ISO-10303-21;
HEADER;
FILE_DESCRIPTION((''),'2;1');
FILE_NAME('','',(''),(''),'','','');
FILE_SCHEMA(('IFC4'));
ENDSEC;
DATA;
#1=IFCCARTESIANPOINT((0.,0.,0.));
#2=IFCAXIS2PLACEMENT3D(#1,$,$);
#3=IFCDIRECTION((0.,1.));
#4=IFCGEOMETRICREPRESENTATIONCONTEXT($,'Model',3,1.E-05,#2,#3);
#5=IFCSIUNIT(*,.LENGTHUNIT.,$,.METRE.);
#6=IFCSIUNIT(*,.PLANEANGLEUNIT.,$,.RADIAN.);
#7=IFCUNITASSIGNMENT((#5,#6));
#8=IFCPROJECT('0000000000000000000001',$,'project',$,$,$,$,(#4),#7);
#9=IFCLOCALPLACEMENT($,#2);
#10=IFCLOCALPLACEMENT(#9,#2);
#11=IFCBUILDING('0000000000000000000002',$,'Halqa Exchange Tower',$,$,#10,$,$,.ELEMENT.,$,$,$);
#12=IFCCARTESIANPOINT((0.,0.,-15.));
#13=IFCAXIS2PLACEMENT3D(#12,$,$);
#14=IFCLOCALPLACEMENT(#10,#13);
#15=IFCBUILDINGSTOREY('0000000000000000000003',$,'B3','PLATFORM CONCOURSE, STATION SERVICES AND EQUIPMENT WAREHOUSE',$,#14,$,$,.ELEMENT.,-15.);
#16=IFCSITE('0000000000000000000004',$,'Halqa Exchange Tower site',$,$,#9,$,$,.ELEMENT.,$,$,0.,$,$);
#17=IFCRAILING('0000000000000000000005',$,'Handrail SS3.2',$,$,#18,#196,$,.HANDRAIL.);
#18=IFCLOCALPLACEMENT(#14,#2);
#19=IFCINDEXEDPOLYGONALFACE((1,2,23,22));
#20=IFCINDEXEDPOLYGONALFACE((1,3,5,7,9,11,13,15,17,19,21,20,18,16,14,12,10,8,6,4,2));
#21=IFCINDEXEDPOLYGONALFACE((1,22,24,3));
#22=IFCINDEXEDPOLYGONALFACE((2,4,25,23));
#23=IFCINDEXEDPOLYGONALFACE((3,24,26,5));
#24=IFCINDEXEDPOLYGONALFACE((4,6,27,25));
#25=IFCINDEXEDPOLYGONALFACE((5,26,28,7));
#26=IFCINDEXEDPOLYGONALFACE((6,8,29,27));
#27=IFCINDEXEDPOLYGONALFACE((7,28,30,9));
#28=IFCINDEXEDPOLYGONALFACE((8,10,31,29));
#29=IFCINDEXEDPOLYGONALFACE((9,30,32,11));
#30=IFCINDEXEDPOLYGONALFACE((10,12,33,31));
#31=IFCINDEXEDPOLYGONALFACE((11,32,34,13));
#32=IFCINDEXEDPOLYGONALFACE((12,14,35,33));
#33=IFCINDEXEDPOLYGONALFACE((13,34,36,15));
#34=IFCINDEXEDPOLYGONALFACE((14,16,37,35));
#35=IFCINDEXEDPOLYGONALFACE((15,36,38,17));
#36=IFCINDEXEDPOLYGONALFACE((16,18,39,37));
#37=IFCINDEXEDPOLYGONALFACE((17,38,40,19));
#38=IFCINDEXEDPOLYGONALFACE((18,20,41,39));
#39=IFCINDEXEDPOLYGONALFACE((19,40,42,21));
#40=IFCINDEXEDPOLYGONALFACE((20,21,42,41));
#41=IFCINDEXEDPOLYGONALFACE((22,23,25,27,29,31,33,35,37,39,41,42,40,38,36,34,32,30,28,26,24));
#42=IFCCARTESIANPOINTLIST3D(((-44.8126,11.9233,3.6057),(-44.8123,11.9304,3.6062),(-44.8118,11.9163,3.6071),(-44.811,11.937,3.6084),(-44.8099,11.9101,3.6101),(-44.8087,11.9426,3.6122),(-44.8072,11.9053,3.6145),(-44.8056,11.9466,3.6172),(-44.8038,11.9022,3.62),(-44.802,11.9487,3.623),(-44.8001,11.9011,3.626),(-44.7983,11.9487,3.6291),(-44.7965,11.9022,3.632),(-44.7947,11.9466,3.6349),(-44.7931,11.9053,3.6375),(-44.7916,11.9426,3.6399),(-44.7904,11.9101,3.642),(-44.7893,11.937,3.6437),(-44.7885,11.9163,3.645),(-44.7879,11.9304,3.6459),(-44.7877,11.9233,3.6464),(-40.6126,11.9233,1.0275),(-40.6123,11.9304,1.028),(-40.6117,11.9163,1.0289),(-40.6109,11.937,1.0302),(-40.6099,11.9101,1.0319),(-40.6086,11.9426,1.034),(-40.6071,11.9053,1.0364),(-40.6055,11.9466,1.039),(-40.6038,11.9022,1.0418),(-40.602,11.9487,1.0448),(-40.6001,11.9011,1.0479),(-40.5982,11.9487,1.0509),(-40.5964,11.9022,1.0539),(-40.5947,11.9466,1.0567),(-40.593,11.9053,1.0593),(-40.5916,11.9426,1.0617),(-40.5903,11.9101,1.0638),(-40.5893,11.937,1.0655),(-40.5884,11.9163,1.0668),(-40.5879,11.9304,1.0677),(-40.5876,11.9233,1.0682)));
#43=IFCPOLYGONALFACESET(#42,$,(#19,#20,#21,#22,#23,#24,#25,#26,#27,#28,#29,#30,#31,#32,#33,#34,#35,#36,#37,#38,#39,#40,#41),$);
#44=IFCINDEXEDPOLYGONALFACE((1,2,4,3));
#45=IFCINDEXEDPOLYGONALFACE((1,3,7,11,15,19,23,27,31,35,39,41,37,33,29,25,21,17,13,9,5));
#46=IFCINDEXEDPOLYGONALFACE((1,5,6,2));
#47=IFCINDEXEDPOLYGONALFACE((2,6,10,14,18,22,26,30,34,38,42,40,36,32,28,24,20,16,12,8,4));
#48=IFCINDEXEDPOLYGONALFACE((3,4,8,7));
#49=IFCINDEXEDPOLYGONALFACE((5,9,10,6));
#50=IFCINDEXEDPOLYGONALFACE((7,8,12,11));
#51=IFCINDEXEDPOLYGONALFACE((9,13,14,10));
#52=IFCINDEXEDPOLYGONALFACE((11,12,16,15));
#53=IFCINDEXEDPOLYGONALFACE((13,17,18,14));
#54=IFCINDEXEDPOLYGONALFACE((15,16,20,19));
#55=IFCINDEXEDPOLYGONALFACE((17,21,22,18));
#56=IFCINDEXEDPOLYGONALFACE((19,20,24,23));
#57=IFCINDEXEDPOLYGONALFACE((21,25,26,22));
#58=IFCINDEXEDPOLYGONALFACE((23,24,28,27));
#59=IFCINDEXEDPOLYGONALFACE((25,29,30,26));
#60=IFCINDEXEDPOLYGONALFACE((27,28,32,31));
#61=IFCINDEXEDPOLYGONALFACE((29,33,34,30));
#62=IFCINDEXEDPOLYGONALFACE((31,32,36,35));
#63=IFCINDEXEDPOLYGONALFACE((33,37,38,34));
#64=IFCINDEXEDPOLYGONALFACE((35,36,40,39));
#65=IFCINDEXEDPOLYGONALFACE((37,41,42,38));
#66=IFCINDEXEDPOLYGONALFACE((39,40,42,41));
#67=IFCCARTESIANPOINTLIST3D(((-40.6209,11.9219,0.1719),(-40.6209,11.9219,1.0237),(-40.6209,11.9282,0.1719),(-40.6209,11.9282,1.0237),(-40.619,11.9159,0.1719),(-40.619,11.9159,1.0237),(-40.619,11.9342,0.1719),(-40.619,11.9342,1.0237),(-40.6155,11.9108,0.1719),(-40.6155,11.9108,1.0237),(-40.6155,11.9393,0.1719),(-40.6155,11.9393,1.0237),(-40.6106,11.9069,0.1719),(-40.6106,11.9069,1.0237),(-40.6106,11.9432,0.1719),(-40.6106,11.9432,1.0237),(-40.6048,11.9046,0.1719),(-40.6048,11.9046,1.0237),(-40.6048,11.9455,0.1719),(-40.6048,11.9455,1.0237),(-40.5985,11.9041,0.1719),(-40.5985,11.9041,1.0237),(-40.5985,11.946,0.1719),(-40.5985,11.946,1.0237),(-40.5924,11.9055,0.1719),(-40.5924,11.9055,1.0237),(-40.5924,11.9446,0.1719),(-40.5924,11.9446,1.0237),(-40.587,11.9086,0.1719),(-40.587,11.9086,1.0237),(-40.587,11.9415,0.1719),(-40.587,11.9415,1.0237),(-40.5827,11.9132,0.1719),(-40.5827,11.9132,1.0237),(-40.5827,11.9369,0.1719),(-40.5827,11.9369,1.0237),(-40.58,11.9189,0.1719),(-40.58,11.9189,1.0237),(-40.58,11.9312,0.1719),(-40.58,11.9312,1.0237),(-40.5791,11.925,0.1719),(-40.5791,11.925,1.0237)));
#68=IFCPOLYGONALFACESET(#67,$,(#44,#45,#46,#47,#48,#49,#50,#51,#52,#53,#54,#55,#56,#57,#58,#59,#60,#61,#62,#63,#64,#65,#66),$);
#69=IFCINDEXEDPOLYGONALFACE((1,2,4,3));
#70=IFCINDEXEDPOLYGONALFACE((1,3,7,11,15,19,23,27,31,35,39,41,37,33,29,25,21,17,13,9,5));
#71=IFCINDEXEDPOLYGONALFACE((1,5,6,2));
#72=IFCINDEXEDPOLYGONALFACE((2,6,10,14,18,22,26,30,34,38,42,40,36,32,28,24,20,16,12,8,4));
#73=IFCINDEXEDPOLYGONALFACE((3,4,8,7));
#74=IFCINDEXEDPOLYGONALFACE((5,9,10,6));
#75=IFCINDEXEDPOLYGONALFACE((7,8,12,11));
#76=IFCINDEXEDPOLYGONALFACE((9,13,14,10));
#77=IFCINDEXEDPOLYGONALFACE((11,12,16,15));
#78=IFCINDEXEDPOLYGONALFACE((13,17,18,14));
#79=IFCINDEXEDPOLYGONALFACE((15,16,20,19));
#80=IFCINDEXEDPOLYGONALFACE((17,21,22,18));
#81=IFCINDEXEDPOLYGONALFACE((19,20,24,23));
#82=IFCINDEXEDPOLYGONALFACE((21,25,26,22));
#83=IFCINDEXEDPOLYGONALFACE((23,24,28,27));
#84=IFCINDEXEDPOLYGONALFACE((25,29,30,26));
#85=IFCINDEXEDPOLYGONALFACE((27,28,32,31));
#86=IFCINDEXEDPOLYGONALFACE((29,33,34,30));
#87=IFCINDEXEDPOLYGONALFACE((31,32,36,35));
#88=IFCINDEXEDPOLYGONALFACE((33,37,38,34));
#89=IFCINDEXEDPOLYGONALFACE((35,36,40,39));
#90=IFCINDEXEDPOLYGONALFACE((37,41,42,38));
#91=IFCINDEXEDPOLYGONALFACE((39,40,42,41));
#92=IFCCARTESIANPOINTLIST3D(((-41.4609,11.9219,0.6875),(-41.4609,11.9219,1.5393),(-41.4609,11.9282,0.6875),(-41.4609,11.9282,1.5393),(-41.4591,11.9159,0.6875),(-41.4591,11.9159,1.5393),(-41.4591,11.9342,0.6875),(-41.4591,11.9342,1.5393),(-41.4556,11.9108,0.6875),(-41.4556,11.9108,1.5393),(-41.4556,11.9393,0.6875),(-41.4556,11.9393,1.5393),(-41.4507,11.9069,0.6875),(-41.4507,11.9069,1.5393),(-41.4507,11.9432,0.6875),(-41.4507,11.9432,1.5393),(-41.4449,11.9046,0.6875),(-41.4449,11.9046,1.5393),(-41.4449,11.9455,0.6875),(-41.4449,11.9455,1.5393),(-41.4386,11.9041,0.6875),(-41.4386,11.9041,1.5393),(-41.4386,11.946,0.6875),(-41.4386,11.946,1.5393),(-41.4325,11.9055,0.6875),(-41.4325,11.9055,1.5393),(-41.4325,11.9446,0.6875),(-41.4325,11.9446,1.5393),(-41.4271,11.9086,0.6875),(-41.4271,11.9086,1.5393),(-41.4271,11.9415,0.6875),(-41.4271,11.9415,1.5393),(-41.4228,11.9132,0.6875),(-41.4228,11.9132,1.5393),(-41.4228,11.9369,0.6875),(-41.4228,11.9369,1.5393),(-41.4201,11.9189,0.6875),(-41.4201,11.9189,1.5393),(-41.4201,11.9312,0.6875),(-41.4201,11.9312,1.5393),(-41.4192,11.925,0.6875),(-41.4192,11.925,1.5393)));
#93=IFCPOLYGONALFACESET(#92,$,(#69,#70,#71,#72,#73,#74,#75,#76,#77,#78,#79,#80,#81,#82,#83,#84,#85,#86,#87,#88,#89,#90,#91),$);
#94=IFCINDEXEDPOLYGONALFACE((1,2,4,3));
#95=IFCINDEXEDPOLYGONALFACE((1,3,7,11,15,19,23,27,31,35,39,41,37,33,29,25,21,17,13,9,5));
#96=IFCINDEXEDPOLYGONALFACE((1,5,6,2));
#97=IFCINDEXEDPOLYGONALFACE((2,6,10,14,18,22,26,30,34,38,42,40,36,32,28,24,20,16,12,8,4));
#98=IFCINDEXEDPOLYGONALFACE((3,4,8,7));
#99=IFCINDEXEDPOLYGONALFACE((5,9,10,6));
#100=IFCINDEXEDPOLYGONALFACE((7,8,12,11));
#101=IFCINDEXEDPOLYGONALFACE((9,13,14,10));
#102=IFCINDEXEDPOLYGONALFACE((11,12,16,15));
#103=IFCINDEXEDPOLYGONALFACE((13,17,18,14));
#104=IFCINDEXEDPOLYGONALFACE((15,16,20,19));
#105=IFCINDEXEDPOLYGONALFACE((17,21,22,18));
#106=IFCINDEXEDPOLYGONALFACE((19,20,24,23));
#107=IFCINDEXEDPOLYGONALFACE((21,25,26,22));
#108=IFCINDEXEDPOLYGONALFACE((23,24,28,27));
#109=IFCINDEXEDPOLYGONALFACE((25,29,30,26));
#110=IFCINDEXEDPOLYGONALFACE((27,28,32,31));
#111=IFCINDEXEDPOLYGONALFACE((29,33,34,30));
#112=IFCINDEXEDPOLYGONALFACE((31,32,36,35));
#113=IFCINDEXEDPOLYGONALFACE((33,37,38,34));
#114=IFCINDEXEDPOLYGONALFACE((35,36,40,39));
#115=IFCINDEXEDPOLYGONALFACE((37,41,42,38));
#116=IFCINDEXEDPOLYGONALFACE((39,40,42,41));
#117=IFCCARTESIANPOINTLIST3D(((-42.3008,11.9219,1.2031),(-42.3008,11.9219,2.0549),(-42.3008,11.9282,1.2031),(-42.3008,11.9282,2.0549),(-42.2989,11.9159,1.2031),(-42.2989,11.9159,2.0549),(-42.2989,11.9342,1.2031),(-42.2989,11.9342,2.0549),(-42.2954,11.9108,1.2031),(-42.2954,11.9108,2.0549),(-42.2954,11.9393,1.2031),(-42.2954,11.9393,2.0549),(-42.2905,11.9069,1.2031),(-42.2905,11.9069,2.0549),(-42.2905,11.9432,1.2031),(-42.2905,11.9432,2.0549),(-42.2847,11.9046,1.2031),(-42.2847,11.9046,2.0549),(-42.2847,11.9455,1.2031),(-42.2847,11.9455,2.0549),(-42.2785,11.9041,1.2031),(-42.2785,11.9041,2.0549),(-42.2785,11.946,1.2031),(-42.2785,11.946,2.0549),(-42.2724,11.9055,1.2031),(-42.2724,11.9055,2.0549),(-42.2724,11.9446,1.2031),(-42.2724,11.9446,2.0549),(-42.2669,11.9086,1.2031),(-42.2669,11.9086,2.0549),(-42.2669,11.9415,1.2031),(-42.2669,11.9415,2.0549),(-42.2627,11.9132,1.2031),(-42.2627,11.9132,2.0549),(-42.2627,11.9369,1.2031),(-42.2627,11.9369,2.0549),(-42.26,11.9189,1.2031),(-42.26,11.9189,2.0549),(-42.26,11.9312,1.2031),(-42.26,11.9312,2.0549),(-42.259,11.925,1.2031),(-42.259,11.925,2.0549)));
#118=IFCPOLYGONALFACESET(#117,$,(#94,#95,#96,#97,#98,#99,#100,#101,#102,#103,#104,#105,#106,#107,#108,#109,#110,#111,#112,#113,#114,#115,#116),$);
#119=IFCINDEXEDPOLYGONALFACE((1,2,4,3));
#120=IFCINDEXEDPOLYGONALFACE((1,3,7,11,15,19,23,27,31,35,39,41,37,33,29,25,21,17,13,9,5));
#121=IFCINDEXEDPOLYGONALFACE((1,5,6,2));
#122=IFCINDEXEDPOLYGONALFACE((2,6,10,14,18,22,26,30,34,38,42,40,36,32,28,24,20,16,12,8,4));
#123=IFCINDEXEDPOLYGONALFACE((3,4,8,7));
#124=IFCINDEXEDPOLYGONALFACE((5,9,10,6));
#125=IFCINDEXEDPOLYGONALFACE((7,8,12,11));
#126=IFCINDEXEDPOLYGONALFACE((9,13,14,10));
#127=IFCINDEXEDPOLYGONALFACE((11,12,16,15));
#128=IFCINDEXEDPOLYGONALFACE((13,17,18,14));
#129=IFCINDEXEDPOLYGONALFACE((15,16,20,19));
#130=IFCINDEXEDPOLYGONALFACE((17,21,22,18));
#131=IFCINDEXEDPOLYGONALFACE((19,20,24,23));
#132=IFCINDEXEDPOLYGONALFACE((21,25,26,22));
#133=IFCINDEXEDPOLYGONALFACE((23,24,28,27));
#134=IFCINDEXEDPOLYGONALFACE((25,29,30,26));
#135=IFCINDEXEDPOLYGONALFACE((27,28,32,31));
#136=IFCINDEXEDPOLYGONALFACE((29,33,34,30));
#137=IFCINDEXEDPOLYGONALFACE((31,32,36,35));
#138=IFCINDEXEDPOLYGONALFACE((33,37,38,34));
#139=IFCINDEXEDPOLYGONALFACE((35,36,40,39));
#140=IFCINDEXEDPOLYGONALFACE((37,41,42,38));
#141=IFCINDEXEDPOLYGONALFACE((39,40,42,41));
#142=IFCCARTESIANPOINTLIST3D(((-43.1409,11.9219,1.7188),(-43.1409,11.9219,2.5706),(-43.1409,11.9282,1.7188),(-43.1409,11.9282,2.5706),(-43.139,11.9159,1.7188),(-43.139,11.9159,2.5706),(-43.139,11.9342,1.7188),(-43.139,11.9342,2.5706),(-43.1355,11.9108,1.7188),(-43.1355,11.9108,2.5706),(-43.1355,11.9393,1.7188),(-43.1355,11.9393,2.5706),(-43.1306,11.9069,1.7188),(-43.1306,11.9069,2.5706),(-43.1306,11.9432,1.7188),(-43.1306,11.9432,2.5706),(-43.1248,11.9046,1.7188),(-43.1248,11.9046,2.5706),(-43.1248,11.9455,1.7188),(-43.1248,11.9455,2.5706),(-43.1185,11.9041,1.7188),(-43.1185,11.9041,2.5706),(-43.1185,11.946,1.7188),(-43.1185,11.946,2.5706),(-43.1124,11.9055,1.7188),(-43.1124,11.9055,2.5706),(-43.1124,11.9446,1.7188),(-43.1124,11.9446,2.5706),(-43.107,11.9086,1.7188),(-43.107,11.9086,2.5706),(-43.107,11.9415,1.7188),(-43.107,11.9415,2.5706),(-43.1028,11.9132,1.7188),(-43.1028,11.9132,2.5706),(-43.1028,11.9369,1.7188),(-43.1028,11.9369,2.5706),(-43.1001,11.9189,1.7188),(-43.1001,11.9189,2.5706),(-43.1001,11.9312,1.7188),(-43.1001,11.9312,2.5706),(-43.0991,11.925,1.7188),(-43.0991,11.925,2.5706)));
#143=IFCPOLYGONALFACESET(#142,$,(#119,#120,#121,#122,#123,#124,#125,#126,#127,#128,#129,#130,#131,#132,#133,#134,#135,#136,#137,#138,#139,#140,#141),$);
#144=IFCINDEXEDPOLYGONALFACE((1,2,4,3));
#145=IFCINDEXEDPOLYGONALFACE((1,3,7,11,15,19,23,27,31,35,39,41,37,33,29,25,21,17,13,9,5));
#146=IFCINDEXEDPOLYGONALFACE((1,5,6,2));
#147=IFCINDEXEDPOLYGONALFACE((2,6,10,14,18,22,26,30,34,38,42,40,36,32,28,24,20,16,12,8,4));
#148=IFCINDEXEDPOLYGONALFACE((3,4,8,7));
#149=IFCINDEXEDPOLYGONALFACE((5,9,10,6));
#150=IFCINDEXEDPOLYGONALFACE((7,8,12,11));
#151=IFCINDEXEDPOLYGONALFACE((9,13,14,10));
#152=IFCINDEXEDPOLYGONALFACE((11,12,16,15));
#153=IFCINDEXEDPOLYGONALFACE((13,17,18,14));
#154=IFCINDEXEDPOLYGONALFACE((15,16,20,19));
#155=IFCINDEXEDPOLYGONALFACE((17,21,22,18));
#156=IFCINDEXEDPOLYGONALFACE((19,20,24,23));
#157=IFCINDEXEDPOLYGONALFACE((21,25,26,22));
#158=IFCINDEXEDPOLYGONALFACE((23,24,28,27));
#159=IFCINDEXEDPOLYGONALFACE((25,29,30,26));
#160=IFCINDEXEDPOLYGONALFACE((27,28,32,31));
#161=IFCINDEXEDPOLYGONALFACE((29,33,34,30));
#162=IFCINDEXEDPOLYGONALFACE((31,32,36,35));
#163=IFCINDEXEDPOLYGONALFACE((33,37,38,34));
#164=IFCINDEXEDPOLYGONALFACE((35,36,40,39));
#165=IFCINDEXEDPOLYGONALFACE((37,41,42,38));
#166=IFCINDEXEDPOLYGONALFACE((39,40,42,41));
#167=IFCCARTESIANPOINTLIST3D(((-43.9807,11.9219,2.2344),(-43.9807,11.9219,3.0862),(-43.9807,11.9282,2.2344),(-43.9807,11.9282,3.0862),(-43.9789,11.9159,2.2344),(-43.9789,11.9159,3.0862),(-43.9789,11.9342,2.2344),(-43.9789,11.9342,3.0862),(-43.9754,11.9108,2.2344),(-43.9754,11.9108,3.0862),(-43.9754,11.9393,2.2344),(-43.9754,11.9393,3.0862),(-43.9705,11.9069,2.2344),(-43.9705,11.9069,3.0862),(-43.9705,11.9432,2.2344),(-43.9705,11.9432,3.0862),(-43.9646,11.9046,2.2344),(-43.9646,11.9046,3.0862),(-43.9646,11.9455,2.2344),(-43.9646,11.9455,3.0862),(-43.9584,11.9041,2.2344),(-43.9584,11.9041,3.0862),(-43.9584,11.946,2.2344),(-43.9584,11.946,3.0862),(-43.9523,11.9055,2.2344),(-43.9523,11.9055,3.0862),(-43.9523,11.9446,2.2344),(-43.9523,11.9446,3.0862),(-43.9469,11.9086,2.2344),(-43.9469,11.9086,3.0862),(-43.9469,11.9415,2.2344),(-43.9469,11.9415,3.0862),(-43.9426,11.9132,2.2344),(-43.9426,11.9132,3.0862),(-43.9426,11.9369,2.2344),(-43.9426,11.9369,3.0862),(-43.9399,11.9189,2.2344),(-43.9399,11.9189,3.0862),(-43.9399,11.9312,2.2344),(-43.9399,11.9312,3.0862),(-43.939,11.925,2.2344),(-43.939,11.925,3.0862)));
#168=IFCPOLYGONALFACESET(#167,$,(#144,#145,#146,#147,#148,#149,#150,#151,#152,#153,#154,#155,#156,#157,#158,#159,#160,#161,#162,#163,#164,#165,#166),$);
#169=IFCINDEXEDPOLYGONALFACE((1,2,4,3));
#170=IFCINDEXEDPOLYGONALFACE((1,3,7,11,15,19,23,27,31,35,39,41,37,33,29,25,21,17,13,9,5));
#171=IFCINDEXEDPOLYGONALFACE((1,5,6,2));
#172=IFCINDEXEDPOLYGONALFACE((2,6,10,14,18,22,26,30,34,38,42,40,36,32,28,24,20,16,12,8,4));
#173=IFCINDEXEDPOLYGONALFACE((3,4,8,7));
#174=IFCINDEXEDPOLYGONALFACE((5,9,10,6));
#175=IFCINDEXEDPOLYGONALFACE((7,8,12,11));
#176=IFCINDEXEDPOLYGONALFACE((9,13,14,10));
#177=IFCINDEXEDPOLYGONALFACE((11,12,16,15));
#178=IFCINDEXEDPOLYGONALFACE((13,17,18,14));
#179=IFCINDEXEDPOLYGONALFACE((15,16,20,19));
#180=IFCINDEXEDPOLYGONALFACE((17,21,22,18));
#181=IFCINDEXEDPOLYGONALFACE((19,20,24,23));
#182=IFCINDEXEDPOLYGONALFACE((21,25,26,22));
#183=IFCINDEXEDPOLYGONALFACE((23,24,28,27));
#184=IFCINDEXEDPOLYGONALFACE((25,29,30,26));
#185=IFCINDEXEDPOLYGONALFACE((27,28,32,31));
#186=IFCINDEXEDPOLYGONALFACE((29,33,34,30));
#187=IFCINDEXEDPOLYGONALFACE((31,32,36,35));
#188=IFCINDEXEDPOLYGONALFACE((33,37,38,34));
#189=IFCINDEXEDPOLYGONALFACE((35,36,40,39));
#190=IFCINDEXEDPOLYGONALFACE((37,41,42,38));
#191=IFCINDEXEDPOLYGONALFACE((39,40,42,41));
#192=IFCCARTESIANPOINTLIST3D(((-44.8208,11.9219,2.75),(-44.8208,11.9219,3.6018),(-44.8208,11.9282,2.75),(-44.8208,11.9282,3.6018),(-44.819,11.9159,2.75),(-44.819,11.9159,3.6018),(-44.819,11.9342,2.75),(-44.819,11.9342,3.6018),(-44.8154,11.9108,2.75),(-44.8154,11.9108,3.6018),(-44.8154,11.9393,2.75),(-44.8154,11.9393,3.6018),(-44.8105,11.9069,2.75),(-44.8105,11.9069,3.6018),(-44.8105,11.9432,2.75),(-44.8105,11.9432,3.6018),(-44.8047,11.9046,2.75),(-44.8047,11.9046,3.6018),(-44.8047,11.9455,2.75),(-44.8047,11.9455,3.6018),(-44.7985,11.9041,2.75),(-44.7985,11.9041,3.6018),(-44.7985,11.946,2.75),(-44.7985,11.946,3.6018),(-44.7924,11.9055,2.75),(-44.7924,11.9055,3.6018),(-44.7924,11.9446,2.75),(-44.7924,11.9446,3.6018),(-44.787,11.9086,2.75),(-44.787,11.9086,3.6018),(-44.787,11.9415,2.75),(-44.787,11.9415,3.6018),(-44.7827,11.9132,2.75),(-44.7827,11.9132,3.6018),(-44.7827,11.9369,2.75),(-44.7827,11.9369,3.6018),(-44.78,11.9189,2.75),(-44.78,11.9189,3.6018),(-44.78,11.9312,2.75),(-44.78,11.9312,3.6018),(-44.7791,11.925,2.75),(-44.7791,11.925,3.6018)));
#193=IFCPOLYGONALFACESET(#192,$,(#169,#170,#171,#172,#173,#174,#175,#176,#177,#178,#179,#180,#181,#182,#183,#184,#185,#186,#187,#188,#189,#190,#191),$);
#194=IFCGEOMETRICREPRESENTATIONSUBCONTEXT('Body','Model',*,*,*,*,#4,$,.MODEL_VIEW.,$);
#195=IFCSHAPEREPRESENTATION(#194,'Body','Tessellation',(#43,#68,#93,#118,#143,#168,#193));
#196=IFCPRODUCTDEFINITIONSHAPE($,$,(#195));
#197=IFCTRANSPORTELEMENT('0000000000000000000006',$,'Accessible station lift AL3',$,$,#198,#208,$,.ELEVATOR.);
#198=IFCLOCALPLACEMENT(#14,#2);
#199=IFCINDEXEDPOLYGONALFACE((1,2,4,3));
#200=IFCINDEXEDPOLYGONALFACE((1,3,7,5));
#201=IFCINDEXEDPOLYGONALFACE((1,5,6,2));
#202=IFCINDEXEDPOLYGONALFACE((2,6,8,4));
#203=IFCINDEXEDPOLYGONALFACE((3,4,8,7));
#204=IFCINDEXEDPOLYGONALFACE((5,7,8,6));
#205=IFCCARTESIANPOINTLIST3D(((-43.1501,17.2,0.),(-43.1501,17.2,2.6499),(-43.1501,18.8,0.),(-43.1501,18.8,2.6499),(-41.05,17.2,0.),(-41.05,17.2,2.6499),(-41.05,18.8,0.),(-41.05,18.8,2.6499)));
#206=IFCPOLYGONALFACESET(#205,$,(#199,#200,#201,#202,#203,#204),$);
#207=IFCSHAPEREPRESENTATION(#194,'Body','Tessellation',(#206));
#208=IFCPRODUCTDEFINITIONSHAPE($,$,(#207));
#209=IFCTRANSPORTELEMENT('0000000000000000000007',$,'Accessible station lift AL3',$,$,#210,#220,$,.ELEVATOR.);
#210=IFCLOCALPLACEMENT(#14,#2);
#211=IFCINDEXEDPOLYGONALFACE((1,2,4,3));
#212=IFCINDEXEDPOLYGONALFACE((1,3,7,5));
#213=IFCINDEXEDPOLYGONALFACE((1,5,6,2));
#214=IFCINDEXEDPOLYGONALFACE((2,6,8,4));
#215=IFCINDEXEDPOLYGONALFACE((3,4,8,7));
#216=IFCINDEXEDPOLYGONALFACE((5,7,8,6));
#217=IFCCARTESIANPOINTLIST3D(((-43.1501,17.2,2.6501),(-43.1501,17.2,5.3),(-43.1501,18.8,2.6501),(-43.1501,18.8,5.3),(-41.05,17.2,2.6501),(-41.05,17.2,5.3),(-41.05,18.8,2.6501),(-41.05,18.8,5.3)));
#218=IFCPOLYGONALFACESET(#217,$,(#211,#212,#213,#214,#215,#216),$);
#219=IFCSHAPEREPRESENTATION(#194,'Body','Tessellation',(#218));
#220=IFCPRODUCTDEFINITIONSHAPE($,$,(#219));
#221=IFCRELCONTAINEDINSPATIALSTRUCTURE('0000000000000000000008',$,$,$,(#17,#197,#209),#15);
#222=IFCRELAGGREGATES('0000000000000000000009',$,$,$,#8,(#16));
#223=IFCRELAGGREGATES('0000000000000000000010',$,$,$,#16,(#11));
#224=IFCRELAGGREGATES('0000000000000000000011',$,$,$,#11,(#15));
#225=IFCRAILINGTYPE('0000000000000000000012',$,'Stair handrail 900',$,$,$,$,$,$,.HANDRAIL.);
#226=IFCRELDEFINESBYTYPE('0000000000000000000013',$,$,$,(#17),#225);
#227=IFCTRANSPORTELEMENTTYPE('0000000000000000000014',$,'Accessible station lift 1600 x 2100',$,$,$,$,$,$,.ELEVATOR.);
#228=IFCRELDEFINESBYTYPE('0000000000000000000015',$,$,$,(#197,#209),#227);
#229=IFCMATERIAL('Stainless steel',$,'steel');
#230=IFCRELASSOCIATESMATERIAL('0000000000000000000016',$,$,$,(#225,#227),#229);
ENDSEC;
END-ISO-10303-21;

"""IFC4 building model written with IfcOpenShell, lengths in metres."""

from ifc_helpers import new_model, si_unit, direction, frame, origin, origin_2d, place, context, subcontext, project, spatial, rectangle, circle, extrude, material, type_object, element, save


model = new_model("IFC4")

# Units and contexts
model_context = context("Model", 3, precision=1e-05, world=origin(), true_north=direction((0.0, 1.0)))
body_context = subcontext(model_context, "Body", "Model", "MODEL_VIEW")
ifc_project = project(units=[si_unit("LENGTHUNIT", "METRE"), si_unit("PLANEANGLEUNIT", "RADIAN")], contexts=[model_context])

# Site, building, storey
site_placement = place(None, origin())
site = spatial("IfcSite", under=ifc_project, at=site_placement, Name="Halqa Exchange Tower site", CompositionType="ELEMENT", RefElevation=0.0)
building_placement = place(site_placement, origin())
building = spatial("IfcBuilding", under=site, at=building_placement, Name="Halqa Exchange Tower", CompositionType="ELEMENT")
storey_placement = place(building_placement, frame((0.0, 0.0, -15.0)))
storey = spatial("IfcBuildingStorey", under=building, at=storey_placement, Name="B3", Description="PLATFORM CONCOURSE, STATION SERVICES AND EQUIPMENT WAREHOUSE", CompositionType="ELEMENT", Elevation=-15.0)

# Shared definitions
ifc_material_1 = material(Name="Stainless steel", Category="steel")

# Railing
railing_type = type_object("IfcRailingType", Name="Stair handrail 900", PredefinedType="HANDRAIL", material=ifc_material_1)
railing_1_placement = place(storey_placement, frame((-40.6001, 11.925, 0.1719)))
element("IfcRailing", 1, at=railing_1_placement, inside=storey, type_object=railing_type, Name="Handrail SS3.2", PredefinedType="HANDRAIL", context=body_context, shape_type="SweptSolid", body=[
    extrude(circle(Radius=0.0239, at=origin_2d()), frame((0.0, 0.0, 0.876), z_axis=(-0.852243, 0.0, 0.523146), x_axis=(0.0, -1.0, 0.0)), (0.0, 0.0, 1.0), 4.9282),
    extrude(circle(Radius=0.021, at=origin_2d()), origin(), (0.0, 0.0, 1.0), 0.8518),
    extrude(circle(Radius=0.021, at=origin_2d()), frame((-0.8401, 0.0, 0.5156)), (0.0, 0.0, 1.0), 0.8518),
    extrude(circle(Radius=0.021, at=origin_2d()), frame((-1.6799, 0.0, 1.0312)), (0.0, 0.0, 1.0), 0.8518),
    extrude(circle(Radius=0.021, at=origin_2d()), frame((-2.52, 0.0, 1.5469)), (0.0, 0.0, 1.0), 0.8518),
    extrude(circle(Radius=0.021, at=origin_2d()), frame((-3.3599, 0.0, 2.0625)), (0.0, 0.0, 1.0), 0.8518),
    extrude(circle(Radius=0.021, at=origin_2d()), frame((-4.2, 0.0, 2.5781)), (0.0, 0.0, 1.0), 0.8518),
])

# Transport elements
transport_element_type = type_object("IfcTransportElementType", Name="Accessible station lift 1600 x 2100", PredefinedType="ELEVATOR", material=ifc_material_1)
for number, where, z_axis, x_axis, name in (
    (2, (-42.1001, 18.0, 0.0), (0.0, 0.0, 1.0), (1.0, 0.0, 0.0), "Accessible station lift AL3"),
    (3, (-42.1001, 18.0, 2.6501), (0.0, 0.0, 1.0), (1.0, 0.0, 0.0), "Accessible station lift AL3"),
):
    element("IfcTransportElement", number, at=place(storey_placement, frame(where, z_axis=z_axis, x_axis=x_axis)), inside=storey, type_object=transport_element_type, Name=name, PredefinedType="ELEVATOR", context=body_context, shape_type="SweptSolid", body=[
        extrude(rectangle(XDim=2.1001, YDim=1.6001, at=origin_2d()), origin(), (0.0, 0.0, 1.0), 2.6499),
    ])

save(model, "model.ifc")
